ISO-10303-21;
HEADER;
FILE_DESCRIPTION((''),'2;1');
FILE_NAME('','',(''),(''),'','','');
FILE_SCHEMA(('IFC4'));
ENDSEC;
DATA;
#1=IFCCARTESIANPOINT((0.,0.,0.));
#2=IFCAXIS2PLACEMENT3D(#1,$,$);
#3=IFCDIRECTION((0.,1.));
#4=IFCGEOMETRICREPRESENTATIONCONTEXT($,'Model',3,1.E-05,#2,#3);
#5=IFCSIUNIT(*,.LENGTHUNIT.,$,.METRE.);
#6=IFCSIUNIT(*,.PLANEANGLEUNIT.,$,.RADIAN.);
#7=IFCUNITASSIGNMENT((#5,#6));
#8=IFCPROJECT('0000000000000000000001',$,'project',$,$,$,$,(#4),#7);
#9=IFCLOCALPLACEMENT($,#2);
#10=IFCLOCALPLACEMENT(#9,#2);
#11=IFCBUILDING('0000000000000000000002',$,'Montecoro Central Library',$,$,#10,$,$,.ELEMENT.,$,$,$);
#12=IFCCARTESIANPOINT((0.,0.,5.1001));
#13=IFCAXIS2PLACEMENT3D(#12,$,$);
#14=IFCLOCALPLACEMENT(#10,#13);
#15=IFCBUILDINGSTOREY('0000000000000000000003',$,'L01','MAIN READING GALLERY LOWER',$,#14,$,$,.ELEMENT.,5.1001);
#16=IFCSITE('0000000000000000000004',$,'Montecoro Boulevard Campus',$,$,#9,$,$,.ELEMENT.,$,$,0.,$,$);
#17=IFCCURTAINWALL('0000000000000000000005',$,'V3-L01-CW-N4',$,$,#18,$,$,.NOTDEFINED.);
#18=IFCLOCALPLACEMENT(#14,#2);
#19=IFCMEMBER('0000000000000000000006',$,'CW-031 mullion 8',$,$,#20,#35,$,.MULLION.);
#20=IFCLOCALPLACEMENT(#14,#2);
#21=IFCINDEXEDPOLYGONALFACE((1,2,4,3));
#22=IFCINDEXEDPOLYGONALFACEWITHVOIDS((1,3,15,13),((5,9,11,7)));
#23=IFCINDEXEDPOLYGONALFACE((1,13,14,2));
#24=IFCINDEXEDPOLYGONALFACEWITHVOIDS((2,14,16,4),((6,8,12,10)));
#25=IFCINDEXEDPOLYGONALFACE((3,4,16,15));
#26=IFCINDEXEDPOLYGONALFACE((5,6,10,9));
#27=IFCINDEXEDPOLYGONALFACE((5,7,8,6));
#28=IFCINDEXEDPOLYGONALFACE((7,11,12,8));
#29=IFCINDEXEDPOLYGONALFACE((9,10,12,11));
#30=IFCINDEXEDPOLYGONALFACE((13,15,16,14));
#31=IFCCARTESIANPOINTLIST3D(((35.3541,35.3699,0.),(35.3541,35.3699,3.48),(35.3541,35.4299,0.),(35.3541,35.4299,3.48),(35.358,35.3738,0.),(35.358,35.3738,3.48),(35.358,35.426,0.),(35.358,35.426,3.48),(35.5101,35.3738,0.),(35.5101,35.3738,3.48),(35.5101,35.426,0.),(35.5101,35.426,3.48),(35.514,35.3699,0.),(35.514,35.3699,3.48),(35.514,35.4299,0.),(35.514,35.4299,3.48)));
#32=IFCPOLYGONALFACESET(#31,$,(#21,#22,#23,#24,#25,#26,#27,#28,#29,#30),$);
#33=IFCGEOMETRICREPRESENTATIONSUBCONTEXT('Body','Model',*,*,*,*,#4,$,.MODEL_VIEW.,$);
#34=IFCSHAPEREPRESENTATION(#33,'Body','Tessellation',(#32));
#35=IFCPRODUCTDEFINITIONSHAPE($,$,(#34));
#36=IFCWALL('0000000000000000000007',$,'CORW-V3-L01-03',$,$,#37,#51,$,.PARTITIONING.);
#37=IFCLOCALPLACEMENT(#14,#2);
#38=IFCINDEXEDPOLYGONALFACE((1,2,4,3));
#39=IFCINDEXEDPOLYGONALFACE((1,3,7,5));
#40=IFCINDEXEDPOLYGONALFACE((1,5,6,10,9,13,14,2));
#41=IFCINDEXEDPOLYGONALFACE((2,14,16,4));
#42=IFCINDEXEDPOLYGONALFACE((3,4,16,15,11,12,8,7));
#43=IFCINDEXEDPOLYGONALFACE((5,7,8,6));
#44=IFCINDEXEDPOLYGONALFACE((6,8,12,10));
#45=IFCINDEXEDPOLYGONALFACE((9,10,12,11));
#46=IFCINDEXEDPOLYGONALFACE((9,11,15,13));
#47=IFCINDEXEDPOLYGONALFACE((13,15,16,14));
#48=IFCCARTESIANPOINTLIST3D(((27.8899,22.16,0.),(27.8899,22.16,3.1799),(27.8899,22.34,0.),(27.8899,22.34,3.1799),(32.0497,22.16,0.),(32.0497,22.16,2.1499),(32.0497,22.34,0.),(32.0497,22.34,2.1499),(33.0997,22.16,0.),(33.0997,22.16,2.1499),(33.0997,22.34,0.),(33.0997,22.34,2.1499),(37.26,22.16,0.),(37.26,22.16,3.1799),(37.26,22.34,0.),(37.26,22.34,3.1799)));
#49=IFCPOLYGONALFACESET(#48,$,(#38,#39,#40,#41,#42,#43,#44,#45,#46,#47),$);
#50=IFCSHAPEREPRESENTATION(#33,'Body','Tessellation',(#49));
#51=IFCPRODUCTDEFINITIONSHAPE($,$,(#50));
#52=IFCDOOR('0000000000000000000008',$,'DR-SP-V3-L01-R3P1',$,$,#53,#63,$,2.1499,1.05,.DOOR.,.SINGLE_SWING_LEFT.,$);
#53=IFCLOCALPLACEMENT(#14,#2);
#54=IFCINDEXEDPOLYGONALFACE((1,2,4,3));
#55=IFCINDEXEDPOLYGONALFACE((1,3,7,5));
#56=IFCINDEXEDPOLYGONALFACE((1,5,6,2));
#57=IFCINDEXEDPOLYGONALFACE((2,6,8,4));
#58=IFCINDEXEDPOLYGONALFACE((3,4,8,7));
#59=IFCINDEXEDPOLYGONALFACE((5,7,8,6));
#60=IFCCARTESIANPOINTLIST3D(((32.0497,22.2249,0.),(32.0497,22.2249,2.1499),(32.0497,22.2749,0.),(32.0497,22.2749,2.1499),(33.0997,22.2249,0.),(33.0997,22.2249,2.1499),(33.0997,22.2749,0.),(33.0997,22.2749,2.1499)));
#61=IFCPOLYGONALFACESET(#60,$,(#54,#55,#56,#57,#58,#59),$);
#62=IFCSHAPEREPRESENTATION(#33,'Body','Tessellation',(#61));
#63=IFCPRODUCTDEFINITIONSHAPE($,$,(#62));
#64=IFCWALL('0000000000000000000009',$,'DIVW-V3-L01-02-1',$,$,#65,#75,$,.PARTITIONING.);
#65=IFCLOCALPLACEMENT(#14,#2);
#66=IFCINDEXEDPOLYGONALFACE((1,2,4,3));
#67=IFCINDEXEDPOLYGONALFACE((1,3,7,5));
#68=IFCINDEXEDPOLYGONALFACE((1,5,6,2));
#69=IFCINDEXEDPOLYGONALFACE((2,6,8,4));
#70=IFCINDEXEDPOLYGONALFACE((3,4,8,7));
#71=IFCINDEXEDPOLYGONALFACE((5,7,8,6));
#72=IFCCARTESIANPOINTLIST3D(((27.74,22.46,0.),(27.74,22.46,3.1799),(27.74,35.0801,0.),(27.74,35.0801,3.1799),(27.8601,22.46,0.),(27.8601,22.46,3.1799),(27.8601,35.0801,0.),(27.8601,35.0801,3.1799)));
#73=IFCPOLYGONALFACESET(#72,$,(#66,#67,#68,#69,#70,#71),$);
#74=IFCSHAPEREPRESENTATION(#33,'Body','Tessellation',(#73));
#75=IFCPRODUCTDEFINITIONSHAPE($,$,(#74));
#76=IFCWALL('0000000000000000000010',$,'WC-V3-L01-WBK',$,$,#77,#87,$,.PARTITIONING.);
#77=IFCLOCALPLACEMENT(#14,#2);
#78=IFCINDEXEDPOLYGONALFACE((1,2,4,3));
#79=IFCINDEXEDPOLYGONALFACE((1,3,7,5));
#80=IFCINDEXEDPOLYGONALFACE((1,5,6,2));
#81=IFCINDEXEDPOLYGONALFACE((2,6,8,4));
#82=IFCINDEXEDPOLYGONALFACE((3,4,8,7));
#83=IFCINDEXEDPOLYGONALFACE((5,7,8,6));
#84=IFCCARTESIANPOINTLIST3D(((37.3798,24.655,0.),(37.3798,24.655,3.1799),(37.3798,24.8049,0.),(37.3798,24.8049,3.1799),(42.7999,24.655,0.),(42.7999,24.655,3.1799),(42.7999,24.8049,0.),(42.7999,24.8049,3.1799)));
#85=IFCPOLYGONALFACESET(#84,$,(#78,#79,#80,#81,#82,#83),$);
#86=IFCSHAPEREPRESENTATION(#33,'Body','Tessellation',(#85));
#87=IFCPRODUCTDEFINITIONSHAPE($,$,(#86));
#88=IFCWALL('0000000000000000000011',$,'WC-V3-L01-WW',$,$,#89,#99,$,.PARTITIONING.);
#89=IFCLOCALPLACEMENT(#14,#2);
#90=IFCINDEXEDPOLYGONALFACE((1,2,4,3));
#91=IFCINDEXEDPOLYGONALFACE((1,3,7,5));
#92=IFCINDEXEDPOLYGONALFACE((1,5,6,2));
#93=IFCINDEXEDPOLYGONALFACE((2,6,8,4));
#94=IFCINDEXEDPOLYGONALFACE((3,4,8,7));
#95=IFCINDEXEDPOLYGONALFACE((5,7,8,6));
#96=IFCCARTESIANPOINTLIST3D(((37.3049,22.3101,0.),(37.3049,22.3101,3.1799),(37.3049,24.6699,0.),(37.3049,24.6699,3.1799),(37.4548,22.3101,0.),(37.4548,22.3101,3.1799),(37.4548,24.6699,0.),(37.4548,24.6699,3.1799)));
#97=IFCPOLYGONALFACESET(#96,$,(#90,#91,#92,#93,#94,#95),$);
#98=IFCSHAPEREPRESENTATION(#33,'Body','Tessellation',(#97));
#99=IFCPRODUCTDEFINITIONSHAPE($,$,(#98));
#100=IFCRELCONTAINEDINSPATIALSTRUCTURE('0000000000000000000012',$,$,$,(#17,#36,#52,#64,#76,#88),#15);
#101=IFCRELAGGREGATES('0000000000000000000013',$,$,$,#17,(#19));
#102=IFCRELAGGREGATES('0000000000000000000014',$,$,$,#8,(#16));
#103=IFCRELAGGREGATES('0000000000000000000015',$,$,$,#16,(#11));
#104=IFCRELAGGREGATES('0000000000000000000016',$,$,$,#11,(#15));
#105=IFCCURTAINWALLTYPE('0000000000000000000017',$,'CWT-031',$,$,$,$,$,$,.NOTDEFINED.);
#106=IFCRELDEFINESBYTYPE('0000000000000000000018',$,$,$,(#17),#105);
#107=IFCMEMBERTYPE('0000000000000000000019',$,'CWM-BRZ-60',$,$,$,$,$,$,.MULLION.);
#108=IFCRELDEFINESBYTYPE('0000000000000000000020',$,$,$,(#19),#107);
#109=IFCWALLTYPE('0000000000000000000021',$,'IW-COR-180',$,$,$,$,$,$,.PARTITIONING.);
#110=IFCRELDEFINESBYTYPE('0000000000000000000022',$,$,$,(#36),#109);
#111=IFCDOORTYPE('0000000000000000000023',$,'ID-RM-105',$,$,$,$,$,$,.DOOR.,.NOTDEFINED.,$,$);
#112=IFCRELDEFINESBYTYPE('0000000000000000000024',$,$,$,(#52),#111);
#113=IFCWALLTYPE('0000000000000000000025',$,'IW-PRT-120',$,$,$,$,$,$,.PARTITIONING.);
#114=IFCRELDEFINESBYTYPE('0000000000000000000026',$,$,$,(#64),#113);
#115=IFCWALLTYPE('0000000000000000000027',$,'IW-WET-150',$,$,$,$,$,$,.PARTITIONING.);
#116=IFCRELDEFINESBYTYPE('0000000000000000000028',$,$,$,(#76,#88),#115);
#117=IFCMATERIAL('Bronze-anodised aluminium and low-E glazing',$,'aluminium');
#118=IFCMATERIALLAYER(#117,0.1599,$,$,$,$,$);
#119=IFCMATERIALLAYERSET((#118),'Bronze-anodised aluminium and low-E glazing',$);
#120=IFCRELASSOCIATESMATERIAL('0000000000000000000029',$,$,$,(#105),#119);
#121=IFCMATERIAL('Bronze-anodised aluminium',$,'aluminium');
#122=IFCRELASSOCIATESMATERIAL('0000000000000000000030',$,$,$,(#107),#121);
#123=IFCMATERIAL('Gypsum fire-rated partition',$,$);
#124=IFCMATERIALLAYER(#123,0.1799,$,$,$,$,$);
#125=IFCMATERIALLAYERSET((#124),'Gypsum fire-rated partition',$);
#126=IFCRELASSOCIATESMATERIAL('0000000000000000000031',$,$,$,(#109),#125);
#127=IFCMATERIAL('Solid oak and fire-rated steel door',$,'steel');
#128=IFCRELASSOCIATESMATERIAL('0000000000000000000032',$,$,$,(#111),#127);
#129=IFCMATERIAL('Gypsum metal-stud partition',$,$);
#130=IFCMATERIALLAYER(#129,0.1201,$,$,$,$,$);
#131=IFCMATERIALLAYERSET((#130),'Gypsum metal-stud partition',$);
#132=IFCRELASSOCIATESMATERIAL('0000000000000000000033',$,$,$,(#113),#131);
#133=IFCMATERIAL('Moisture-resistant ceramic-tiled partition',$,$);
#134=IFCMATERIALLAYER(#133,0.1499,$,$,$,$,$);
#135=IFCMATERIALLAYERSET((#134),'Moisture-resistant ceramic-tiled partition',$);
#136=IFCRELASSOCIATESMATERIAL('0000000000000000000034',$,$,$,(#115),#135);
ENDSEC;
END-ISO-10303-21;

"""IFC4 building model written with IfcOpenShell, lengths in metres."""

from ifc_helpers import new_model, si_unit, direction, frame, frame_2d, origin, origin_2d, place, context, subcontext, project, spatial, rectangle, hollow_rectangle, extrude, material, layer, layer_set, material_profile, profile_set, type_object, element, fill, aggregate, save


model = new_model("IFC4")

# Units and contexts
model_context = context("Model", 3, precision=1e-05, world=origin(), true_north=direction((0.0, 1.0)))
body_context = subcontext(model_context, "Body", "Model", "MODEL_VIEW")
ifc_project = project(units=[si_unit("LENGTHUNIT", "METRE"), si_unit("PLANEANGLEUNIT", "RADIAN")], contexts=[model_context])

# Site, building, storey
site_placement = place(None, origin())
site = spatial("IfcSite", under=ifc_project, at=site_placement, Name="Montecoro Boulevard Campus", CompositionType="ELEMENT", RefElevation=0.0)
building_placement = place(site_placement, origin())
building = spatial("IfcBuilding", under=site, at=building_placement, Name="Montecoro Central Library", CompositionType="ELEMENT")
storey_placement = place(building_placement, frame((0.0, 0.0, 5.1001)))
storey = spatial("IfcBuildingStorey", under=building, at=storey_placement, Name="L01", Description="MAIN READING GALLERY LOWER", CompositionType="ELEMENT", Elevation=5.1001)

# Curtain wall, member
ifc_material_1 = material(Name="Bronze-anodised aluminium and low-E glazing", Category="aluminium")
ifc_layer_1 = layer(ifc_material_1, 0.1599)
ifc_layer_set_1 = layer_set([ifc_layer_1], Name="Bronze-anodised aluminium and low-E glazing")
curtain_wall_type = type_object("IfcCurtainWallType", Name="CWT-031", PredefinedType="NOTDEFINED", material=ifc_layer_set_1)
curtain_wall_placement = place(storey_placement, origin())
curtain_wall = element("IfcCurtainWall", 1, at=curtain_wall_placement, inside=storey, type_object=curtain_wall_type, Name="V3-L01-CW-N4", PredefinedType="NOTDEFINED")
ifc_material_2 = material(Name="Bronze-anodised aluminium", Category="aluminium")
ifc_material_profile_1 = material_profile(ifc_material_2, hollow_rectangle(XDim=0.0601, YDim=0.1599, WallThickness=0.0039, at=origin_2d()), Name="CWM 160x60x4.0")
ifc_profile_set_1 = profile_set([ifc_material_profile_1], Name="Bronze-anodised aluminium")
member_type = type_object("IfcMemberType", Name="CWM-BRZ-60", PredefinedType="MULLION", material=ifc_profile_set_1)
member_placement = place(storey_placement, frame((35.4341, 35.3999, 0.0), z_axis=(0.0, 0.0, 1.0), x_axis=(0.0, -1.0, 0.0)))
member = element("IfcMember", 2, at=member_placement, type_object=member_type, Name="CW-031 mullion 8", PredefinedType="MULLION", context=body_context, shape_type="SweptSolid", body=[
    extrude(hollow_rectangle(XDim=0.0601, YDim=0.1599, WallThickness=0.0039, at=origin_2d()), origin(), (0.0, 0.0, 1.0), 3.48),
])
aggregate(curtain_wall, [member])

# Wall, opening, door
ifc_material_3 = material(Name="Gypsum fire-rated partition")
ifc_layer_2 = layer(ifc_material_3, 0.1799)
ifc_layer_set_2 = layer_set([ifc_layer_2], Name="Gypsum fire-rated partition")
wall_type_1 = type_object("IfcWallType", Name="IW-COR-180", PredefinedType="PARTITIONING", material=ifc_layer_set_2)
wall_1_placement = place(storey_placement, frame((27.8899, 22.25, 0.0), z_axis=(0.0, 0.0, 1.0), x_axis=(1.0, 0.0, 0.0)))
wall_1 = element("IfcWall", 3, at=wall_1_placement, inside=storey, type_object=wall_type_1, Name="CORW-V3-L01-03", PredefinedType="PARTITIONING", context=body_context, shape_type="SweptSolid", body=[
    extrude(rectangle(XDim=9.3701, YDim=0.1799, at=frame_2d((4.6851, 0.0))), origin(), (0.0, 0.0, 1.0), 3.1799),
])
opening_1_placement = place(wall_1_placement, frame((4.1599, 0.0, 0.0)))
opening_1 = element("IfcOpeningElement", 4, at=opening_1_placement, cuts=wall_1, PredefinedType="OPENING", context=body_context, shape_type="SweptSolid", body=[
    extrude(rectangle(XDim=1.05, YDim=2.1499, at=frame_2d((0.5249, 1.075))), frame((0.0, 0.0999, 0.0), z_axis=(0.0, -1.0, 0.0), x_axis=(1.0, 0.0, 0.0)), (0.0, 0.0, 1.0), 0.2),
])
ifc_material_4 = material(Name="Solid oak and fire-rated steel door", Category="steel")
door_type_1 = type_object("IfcDoorType", Name="ID-RM-105", OperationType="NOTDEFINED", PredefinedType="DOOR", material=ifc_material_4)
door_1_placement = place(opening_1_placement, origin())
door_1 = element("IfcDoor", 5, at=door_1_placement, inside=storey, type_object=door_type_1, Name="DR-SP-V3-L01-R3P1", OperationType="SINGLE_SWING_LEFT", OverallHeight=2.1499, OverallWidth=1.05, PredefinedType="DOOR", context=body_context, shape_type="SweptSolid", body=[
    extrude(rectangle(XDim=1.05, YDim=2.1499, at=frame_2d((0.5249, 1.075))), frame((0.0, 0.0249, 0.0), z_axis=(0.0, -1.0, 0.0), x_axis=(1.0, 0.0, 0.0)), (0.0, 0.0, 1.0), 0.05),
])
fill(opening_1, door_1)

# Walls
ifc_material_5 = material(Name="Gypsum metal-stud partition")
ifc_layer_3 = layer(ifc_material_5, 0.1201)
ifc_layer_set_3 = layer_set([ifc_layer_3], Name="Gypsum metal-stud partition")
wall_type_2 = type_object("IfcWallType", Name="IW-PRT-120", PredefinedType="PARTITIONING", material=ifc_layer_set_3)
wall_2_placement = place(storey_placement, frame((27.8, 22.46, 0.0), z_axis=(0.0, 0.0, 1.0), x_axis=(0.0, 1.0, 0.0)))
element("IfcWall", 6, at=wall_2_placement, inside=storey, type_object=wall_type_2, Name="DIVW-V3-L01-02-1", PredefinedType="PARTITIONING", context=body_context, shape_type="SweptSolid", body=[
    extrude(rectangle(XDim=12.6201, YDim=0.1201, at=frame_2d((6.3101, 0.0))), origin(), (0.0, 0.0, 1.0), 3.1799),
])
ifc_material_6 = material(Name="Moisture-resistant ceramic-tiled partition")
ifc_layer_4 = layer(ifc_material_6, 0.1499)
ifc_layer_set_4 = layer_set([ifc_layer_4], Name="Moisture-resistant ceramic-tiled partition")
wall_type_3 = type_object("IfcWallType", Name="IW-WET-150", PredefinedType="PARTITIONING", material=ifc_layer_set_4)
wall_3_placement = place(storey_placement, frame((37.3799, 24.73, 0.0), z_axis=(0.0, 0.0, 1.0), x_axis=(1.0, 0.0, 0.0)))
element("IfcWall", 7, at=wall_3_placement, inside=storey, type_object=wall_type_3, Name="WC-V3-L01-WBK", PredefinedType="PARTITIONING", context=body_context, shape_type="SweptSolid", body=[
    extrude(rectangle(XDim=5.4202, YDim=0.1499, at=frame_2d((2.71, 0.0))), origin(), (0.0, 0.0, 1.0), 3.1799),
])
wall_4_placement = place(storey_placement, frame((37.3799, 22.3101, 0.0), z_axis=(0.0, 0.0, 1.0), x_axis=(0.0, 1.0, 0.0)))
element("IfcWall", 8, at=wall_4_placement, inside=storey, type_object=wall_type_3, Name="WC-V3-L01-WW", PredefinedType="PARTITIONING", context=body_context, shape_type="SweptSolid", body=[
    extrude(rectangle(XDim=2.3599, YDim=0.1499, at=frame_2d((1.1799, 0.0))), origin(), (0.0, 0.0, 1.0), 3.1799),
])

save(model, "model.ifc")
